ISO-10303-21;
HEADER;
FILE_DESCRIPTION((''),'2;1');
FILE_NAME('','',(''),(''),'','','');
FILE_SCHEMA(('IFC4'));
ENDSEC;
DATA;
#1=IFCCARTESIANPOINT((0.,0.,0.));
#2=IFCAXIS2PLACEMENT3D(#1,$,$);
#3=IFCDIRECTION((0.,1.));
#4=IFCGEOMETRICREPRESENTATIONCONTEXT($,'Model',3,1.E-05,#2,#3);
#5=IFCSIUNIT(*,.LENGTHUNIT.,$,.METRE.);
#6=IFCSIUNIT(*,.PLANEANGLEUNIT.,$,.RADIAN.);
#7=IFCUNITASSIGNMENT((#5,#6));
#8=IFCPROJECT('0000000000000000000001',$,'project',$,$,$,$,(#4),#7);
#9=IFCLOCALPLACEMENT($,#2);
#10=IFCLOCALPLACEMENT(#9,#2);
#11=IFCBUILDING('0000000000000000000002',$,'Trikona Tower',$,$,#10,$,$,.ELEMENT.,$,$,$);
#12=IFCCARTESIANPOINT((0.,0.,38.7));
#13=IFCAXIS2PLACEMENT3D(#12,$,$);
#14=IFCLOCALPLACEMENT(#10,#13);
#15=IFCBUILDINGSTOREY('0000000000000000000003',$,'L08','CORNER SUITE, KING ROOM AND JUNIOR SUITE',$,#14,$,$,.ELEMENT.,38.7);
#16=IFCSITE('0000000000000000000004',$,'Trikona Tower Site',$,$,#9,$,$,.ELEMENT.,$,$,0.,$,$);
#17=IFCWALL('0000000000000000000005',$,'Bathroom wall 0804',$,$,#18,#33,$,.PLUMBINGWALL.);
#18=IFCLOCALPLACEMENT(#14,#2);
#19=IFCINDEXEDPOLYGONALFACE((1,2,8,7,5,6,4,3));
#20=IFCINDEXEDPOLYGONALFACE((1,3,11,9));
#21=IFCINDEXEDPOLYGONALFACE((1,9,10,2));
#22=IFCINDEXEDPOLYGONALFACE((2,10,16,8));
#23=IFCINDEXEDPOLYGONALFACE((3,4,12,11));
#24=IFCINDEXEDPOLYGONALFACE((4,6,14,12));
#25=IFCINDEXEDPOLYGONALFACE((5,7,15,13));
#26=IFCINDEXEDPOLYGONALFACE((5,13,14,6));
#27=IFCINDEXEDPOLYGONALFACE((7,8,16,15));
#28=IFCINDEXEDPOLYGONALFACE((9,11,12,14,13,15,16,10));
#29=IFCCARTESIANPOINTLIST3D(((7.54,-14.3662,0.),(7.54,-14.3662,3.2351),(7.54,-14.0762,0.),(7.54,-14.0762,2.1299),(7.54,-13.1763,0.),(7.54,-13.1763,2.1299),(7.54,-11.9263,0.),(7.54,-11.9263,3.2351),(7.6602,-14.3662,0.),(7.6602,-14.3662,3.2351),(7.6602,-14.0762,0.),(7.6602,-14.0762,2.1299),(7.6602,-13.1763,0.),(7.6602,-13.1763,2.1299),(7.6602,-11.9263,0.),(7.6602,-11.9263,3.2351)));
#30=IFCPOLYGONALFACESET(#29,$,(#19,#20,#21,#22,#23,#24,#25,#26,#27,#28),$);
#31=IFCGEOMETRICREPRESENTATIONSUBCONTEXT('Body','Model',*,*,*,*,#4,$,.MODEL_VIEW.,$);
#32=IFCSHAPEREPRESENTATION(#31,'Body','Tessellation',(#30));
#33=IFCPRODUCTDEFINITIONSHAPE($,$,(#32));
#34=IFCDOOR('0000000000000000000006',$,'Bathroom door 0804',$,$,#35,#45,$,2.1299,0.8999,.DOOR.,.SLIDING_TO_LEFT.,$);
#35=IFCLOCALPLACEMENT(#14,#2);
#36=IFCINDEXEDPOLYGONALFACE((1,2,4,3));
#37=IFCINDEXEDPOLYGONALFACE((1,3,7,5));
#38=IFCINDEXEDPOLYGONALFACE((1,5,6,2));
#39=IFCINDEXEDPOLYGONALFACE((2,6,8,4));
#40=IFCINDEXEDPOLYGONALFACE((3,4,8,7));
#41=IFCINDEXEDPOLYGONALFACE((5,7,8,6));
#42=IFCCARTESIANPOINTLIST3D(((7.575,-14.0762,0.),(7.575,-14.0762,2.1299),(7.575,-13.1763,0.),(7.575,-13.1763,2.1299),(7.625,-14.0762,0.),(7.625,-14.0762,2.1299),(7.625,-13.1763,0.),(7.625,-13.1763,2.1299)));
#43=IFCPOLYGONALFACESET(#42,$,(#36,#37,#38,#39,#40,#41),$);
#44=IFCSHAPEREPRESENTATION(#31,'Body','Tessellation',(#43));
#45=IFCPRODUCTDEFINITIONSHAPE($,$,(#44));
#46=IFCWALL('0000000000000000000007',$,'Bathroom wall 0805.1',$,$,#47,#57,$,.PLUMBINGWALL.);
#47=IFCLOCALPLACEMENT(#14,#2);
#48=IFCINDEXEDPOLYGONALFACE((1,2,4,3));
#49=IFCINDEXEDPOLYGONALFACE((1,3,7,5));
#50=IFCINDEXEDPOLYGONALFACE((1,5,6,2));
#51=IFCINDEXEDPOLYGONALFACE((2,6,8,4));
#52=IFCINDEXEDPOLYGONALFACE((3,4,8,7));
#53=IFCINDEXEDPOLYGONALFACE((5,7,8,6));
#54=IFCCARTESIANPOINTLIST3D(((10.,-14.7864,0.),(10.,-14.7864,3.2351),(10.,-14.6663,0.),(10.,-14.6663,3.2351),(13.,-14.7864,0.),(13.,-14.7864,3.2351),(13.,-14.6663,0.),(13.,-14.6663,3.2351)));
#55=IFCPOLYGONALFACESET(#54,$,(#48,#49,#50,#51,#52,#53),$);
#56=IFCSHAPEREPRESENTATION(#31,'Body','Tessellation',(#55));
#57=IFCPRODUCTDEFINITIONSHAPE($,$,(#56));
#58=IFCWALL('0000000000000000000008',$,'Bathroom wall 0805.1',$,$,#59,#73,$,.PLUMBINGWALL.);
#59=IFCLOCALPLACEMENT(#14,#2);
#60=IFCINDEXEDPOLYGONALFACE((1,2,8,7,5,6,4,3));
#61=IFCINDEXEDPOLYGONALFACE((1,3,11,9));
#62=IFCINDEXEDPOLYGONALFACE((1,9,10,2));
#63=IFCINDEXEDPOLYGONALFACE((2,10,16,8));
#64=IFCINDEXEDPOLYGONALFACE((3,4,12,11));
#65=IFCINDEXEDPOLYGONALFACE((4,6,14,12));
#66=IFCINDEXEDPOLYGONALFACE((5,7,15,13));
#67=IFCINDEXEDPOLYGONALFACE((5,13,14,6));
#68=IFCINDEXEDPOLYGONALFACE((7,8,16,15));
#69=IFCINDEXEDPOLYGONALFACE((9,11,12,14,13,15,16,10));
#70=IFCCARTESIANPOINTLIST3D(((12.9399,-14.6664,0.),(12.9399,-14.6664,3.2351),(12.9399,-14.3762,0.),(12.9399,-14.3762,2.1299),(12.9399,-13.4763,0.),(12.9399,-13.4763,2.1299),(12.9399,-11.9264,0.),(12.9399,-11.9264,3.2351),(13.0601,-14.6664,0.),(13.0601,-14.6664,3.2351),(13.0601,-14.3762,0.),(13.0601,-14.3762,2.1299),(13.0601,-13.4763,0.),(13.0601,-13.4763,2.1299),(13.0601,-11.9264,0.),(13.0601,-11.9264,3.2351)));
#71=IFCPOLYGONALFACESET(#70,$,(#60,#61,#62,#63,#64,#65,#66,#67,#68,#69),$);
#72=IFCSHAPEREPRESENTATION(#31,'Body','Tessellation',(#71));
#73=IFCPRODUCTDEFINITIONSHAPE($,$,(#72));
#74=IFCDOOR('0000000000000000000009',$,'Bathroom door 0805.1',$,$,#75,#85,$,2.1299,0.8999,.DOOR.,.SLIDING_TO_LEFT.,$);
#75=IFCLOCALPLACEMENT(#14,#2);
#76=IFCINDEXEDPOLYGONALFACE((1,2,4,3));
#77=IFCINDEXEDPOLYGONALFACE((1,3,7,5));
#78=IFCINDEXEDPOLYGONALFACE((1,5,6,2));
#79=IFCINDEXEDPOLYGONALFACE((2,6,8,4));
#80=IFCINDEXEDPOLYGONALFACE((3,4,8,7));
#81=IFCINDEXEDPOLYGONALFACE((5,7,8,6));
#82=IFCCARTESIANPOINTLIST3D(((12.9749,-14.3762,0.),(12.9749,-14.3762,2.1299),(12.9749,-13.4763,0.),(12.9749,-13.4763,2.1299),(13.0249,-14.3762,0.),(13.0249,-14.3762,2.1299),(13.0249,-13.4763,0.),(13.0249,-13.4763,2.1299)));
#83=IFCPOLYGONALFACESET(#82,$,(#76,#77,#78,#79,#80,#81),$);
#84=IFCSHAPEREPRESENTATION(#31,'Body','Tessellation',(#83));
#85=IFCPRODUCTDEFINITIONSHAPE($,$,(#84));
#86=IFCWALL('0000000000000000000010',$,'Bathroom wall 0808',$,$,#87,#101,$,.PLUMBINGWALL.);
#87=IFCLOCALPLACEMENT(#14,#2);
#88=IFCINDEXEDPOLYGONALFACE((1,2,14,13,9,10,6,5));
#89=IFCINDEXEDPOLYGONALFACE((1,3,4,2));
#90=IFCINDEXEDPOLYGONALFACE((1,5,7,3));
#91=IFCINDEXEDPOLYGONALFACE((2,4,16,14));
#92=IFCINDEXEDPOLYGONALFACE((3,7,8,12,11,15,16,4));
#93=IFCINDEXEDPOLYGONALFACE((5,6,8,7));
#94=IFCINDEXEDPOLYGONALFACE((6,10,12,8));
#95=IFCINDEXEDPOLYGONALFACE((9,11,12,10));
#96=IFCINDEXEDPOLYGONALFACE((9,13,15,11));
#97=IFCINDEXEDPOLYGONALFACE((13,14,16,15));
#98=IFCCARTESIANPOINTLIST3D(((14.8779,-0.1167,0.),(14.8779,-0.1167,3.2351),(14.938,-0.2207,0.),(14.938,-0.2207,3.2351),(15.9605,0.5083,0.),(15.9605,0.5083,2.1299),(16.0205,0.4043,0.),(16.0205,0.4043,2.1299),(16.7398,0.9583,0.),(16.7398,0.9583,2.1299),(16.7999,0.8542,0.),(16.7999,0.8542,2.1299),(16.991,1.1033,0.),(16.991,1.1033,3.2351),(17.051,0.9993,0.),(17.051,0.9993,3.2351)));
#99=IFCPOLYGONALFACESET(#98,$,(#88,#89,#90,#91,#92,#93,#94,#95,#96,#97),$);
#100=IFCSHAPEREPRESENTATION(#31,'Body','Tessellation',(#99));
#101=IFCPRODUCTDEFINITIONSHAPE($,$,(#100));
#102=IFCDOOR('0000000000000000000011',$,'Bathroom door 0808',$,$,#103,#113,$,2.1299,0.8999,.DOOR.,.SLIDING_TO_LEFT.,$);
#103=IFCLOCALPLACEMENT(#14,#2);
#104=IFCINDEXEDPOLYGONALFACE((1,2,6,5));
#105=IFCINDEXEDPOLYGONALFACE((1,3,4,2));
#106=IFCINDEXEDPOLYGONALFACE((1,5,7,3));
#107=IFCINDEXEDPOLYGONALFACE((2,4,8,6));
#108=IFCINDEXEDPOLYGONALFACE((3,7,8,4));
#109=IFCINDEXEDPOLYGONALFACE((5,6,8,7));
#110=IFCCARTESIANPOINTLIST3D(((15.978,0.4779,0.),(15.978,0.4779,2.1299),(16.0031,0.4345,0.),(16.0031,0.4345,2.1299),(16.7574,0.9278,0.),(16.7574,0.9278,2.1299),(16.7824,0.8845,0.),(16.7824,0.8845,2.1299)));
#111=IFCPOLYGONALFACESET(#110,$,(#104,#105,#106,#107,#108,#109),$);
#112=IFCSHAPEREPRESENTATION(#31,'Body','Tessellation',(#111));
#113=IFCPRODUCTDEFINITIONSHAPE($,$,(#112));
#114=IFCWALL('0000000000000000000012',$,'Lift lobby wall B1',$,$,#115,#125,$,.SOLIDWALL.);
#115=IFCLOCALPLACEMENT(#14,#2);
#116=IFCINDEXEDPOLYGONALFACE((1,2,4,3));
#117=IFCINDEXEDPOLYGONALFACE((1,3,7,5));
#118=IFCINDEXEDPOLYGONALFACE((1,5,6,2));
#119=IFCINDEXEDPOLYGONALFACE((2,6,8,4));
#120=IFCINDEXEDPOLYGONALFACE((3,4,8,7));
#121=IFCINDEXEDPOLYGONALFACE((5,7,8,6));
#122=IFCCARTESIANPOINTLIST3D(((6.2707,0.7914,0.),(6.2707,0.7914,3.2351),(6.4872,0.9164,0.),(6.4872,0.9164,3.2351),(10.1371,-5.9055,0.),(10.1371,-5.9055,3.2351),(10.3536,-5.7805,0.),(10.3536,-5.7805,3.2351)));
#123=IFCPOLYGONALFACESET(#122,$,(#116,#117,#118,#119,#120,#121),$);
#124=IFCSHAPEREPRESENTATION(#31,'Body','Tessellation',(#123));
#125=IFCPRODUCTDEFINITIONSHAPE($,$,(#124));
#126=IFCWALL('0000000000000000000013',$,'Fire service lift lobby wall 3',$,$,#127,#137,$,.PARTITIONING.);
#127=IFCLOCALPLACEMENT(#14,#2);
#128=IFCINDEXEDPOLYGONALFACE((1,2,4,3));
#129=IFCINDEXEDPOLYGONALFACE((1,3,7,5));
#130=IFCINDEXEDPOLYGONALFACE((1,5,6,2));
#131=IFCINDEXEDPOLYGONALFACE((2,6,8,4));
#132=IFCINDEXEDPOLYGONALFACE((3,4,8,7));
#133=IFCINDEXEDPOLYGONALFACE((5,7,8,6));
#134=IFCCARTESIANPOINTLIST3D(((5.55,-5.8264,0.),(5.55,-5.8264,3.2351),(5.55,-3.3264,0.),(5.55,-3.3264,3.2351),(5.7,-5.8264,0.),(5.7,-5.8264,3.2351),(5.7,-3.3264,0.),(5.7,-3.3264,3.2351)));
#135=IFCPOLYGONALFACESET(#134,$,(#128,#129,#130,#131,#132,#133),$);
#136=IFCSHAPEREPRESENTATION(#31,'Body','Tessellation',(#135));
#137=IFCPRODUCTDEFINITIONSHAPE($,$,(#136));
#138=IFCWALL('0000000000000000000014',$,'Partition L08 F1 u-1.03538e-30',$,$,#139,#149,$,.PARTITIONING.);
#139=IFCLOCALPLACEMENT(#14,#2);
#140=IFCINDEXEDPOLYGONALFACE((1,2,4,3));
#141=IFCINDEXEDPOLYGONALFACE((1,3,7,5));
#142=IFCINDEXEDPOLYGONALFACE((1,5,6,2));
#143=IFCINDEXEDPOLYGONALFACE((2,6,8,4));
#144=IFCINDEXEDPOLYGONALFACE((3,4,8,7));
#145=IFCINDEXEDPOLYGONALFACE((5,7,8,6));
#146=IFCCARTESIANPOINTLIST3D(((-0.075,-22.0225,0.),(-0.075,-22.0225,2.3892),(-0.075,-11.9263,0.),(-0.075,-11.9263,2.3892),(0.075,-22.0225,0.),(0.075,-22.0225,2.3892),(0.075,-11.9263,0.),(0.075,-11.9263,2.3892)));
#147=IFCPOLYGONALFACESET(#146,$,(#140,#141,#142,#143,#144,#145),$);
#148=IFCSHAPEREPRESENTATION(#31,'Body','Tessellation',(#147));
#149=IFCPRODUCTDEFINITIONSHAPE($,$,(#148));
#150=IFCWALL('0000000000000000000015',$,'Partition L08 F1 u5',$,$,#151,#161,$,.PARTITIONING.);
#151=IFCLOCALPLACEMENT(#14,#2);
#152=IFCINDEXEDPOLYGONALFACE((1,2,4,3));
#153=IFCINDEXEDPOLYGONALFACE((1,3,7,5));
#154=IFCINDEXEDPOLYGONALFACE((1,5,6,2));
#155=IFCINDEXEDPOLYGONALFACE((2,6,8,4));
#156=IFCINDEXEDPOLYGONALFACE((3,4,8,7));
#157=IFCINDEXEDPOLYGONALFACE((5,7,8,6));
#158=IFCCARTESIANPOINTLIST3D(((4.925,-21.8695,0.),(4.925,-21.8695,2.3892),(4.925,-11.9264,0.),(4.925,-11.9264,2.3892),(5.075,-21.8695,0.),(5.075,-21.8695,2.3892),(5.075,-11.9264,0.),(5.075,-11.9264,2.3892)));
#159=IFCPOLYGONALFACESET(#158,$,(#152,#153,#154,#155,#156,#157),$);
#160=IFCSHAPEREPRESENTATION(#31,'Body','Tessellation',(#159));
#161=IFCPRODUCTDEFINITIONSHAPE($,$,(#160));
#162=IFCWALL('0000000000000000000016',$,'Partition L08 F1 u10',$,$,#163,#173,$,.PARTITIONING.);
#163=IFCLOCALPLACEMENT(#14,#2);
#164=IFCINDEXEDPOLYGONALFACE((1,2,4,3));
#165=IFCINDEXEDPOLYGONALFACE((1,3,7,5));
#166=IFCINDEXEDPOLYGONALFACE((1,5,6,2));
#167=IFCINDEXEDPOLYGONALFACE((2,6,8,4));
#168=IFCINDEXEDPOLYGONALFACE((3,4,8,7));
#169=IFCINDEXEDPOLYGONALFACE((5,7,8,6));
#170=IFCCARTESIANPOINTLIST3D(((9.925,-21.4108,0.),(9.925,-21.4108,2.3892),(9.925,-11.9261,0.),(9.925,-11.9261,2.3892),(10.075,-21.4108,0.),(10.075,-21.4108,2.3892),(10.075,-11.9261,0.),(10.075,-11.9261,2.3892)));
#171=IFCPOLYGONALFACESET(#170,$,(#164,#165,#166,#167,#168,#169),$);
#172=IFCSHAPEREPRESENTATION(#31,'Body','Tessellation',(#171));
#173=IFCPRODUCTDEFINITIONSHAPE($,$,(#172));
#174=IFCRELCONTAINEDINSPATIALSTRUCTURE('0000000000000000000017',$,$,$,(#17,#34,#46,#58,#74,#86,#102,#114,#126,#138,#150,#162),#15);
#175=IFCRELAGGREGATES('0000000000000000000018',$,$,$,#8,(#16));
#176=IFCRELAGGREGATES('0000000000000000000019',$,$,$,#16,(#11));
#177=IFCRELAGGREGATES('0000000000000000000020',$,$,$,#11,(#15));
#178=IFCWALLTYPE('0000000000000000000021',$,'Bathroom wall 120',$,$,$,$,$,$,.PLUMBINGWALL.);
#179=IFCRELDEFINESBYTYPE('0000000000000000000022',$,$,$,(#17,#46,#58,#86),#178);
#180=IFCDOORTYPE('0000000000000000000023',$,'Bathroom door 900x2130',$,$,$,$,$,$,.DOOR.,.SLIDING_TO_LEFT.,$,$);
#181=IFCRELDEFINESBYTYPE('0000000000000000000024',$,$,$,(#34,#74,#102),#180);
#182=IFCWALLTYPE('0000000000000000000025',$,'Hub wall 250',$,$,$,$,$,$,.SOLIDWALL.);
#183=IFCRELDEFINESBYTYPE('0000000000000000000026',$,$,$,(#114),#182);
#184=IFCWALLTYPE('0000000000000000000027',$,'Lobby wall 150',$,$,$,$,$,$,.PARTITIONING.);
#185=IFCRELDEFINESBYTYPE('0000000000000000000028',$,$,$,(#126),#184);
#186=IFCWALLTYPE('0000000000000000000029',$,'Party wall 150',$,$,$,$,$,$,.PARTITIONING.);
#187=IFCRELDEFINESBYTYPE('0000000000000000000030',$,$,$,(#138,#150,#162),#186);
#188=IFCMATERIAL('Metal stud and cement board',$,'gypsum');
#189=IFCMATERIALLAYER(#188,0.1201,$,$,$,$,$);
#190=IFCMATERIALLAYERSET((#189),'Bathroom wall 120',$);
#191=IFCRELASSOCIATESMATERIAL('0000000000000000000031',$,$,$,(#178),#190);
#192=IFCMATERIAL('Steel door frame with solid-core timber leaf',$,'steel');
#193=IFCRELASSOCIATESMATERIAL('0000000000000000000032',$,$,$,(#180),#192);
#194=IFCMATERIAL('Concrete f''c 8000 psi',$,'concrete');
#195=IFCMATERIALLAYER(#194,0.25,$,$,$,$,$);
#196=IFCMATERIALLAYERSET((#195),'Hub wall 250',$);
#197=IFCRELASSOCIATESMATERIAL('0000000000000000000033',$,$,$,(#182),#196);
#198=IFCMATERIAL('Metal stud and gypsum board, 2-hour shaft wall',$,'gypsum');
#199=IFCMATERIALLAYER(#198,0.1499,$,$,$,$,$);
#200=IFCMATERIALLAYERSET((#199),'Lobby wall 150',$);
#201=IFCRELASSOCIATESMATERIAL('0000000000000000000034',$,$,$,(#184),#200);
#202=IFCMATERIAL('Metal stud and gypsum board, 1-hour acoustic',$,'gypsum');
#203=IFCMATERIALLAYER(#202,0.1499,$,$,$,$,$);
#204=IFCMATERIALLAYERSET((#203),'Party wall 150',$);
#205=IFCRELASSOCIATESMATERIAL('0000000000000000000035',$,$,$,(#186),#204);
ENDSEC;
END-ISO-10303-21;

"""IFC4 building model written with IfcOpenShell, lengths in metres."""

from ifc_helpers import new_model, si_unit, direction, frame, frame_2d, origin, place, context, subcontext, project, spatial, rectangle, extrude, material, layer, layer_set, type_object, element, fill, save


model = new_model("IFC4")

# Units and contexts
model_context = context("Model", 3, precision=1e-05, world=origin(), true_north=direction((0.0, 1.0)))
body_context = subcontext(model_context, "Body", "Model", "MODEL_VIEW")
ifc_project = project(units=[si_unit("LENGTHUNIT", "METRE"), si_unit("PLANEANGLEUNIT", "RADIAN")], contexts=[model_context])

# Site, building, storey
site_placement = place(None, origin())
site = spatial("IfcSite", under=ifc_project, at=site_placement, Name="Trikona Tower Site", CompositionType="ELEMENT", RefElevation=0.0)
building_placement = place(site_placement, origin())
building = spatial("IfcBuilding", under=site, at=building_placement, Name="Trikona Tower", CompositionType="ELEMENT")
storey_placement = place(building_placement, frame((0.0, 0.0, 38.7)))
storey = spatial("IfcBuildingStorey", under=building, at=storey_placement, Name="L08", Description="CORNER SUITE, KING ROOM AND JUNIOR SUITE", CompositionType="ELEMENT", Elevation=38.7)

# Shared definitions
ifc_material_1 = material(Name="Metal stud and cement board", Category="gypsum")
ifc_layer_1 = layer(ifc_material_1, 0.1201)
ifc_layer_set_1 = layer_set([ifc_layer_1], Name="Bathroom wall 120")
wall_type_1 = type_object("IfcWallType", Name="Bathroom wall 120", PredefinedType="PLUMBINGWALL", material=ifc_layer_set_1)

# Wall, opening, door
wall_1_placement = place(storey_placement, frame((7.6001, -11.9263, 0.0), z_axis=(0.0, 0.0, 1.0), x_axis=(0.0, -1.0, 0.0)))
wall_1 = element("IfcWall", 1, at=wall_1_placement, inside=storey, type_object=wall_type_1, Name="Bathroom wall 0804", PredefinedType="PLUMBINGWALL", context=body_context, shape_type="SweptSolid", body=[
    extrude(rectangle(XDim=2.4399, YDim=0.1201, at=frame_2d((1.22, 0.0))), origin(), (0.0, 0.0, 1.0), 3.2351),
])
opening_1_placement = place(wall_1_placement, frame((1.25, 0.0, 0.0)))
opening_1 = element("IfcOpeningElement", 2, at=opening_1_placement, cuts=wall_1, PredefinedType="OPENING", context=body_context, shape_type="SweptSolid", body=[
    extrude(rectangle(XDim=0.8999, YDim=2.1299, at=frame_2d((0.45, 1.0649))), frame((0.0, 0.0701, 0.0), z_axis=(0.0, -1.0, 0.0), x_axis=(1.0, 0.0, 0.0)), (0.0, 0.0, 1.0), 0.1401),
])
ifc_material_2 = material(Name="Steel door frame with solid-core timber leaf", Category="steel")
door_type_1 = type_object("IfcDoorType", Name="Bathroom door 900x2130", OperationType="SLIDING_TO_LEFT", PredefinedType="DOOR", material=ifc_material_2)
door_1_placement = place(opening_1_placement, origin())
door_1 = element("IfcDoor", 3, at=door_1_placement, inside=storey, type_object=door_type_1, Name="Bathroom door 0804", OperationType="SLIDING_TO_LEFT", OverallHeight=2.1299, OverallWidth=0.8999, PredefinedType="DOOR", context=body_context, shape_type="SweptSolid", body=[
    extrude(rectangle(XDim=0.8999, YDim=2.1299, at=frame_2d((0.45, 1.0649))), frame((0.0, 0.0249, 0.0), z_axis=(0.0, -1.0, 0.0), x_axis=(1.0, 0.0, 0.0)), (0.0, 0.0, 1.0), 0.05),
])
fill(opening_1, door_1)

# Wall
wall_2_placement = place(storey_placement, frame((10.0, -14.7263, 0.0), z_axis=(0.0, 0.0, 1.0), x_axis=(1.0, 0.0, 0.0)))
element("IfcWall", 4, at=wall_2_placement, inside=storey, type_object=wall_type_1, Name="Bathroom wall 0805.1", PredefinedType="PLUMBINGWALL", context=body_context, shape_type="SweptSolid", body=[
    extrude(rectangle(XDim=3.0, YDim=0.1201, at=frame_2d((1.5, 0.0))), origin(), (0.0, 0.0, 1.0), 3.2351),
])

# Walls, openings, doors
wall_3_placement = place(storey_placement, frame((13.0, -11.9263, 0.0), z_axis=(0.0, 0.0, 1.0), x_axis=(0.0, -1.0, 0.0)))
wall_3 = element("IfcWall", 5, at=wall_3_placement, inside=storey, type_object=wall_type_1, Name="Bathroom wall 0805.1", PredefinedType="PLUMBINGWALL", context=body_context, shape_type="SweptSolid", body=[
    extrude(rectangle(XDim=2.74, YDim=0.1201, at=frame_2d((1.3701, 0.0))), origin(), (0.0, 0.0, 1.0), 3.2351),
])
opening_2_placement = place(wall_3_placement, frame((1.55, 0.0, 0.0)))
opening_2 = element("IfcOpeningElement", 6, at=opening_2_placement, cuts=wall_3, PredefinedType="OPENING", context=body_context, shape_type="SweptSolid", body=[
    extrude(rectangle(XDim=0.8999, YDim=2.1299, at=frame_2d((0.45, 1.0649))), frame((0.0, 0.0701, 0.0), z_axis=(0.0, -1.0, 0.0), x_axis=(1.0, 0.0, 0.0)), (0.0, 0.0, 1.0), 0.1401),
])
door_2_placement = place(opening_2_placement, origin())
door_2 = element("IfcDoor", 7, at=door_2_placement, inside=storey, type_object=door_type_1, Name="Bathroom door 0805.1", OperationType="SLIDING_TO_LEFT", OverallHeight=2.1299, OverallWidth=0.8999, PredefinedType="DOOR", context=body_context, shape_type="SweptSolid", body=[
    extrude(rectangle(XDim=0.8999, YDim=2.1299, at=frame_2d((0.45, 1.0649))), frame((0.0, 0.0249, 0.0), z_axis=(0.0, -1.0, 0.0), x_axis=(1.0, 0.0, 0.0)), (0.0, 0.0, 1.0), 0.05),
])
fill(opening_2, door_2)
wall_4_placement = place(storey_placement, frame((14.908, -0.1687, 0.0), z_axis=(0.0, 0.0, 1.0), x_axis=(0.866024, 0.500003, 0.0)))
wall_4 = element("IfcWall", 8, at=wall_4_placement, inside=storey, type_object=wall_type_1, Name="Bathroom wall 0808", PredefinedType="PLUMBINGWALL", context=body_context, shape_type="SweptSolid", body=[
    extrude(rectangle(XDim=2.4399, YDim=0.1201, at=frame_2d((1.22, 0.0))), origin(), (0.0, 0.0, 1.0), 3.2351),
])
opening_3_placement = place(wall_4_placement, frame((1.25, 0.0, 0.0)))
opening_3 = element("IfcOpeningElement", 9, at=opening_3_placement, cuts=wall_4, PredefinedType="OPENING", context=body_context, shape_type="SweptSolid", body=[
    extrude(rectangle(XDim=0.8999, YDim=2.1299, at=frame_2d((0.45, 1.0649))), frame((0.0, 0.0701, 0.0), z_axis=(0.0, -1.0, 0.0), x_axis=(1.0, 0.0, 0.0)), (0.0, 0.0, 1.0), 0.1401),
])
door_3_placement = place(opening_3_placement, origin())
door_3 = element("IfcDoor", 10, at=door_3_placement, inside=storey, type_object=door_type_1, Name="Bathroom door 0808", OperationType="SLIDING_TO_LEFT", OverallHeight=2.1299, OverallWidth=0.8999, PredefinedType="DOOR", context=body_context, shape_type="SweptSolid", body=[
    extrude(rectangle(XDim=0.8999, YDim=2.1299, at=frame_2d((0.45, 1.0649))), frame((0.0, 0.0249, 0.0), z_axis=(0.0, -1.0, 0.0), x_axis=(1.0, 0.0, 0.0)), (0.0, 0.0, 1.0), 0.05),
])
fill(opening_3, door_3)

# Walls
ifc_material_3 = material(Name="Concrete f'c 8000 psi", Category="concrete")
ifc_layer_2 = layer(ifc_material_3, 0.25)
ifc_layer_set_2 = layer_set([ifc_layer_2], Name="Hub wall 250")
wall_type_2 = type_object("IfcWallType", Name="Hub wall 250", PredefinedType="SOLIDWALL", material=ifc_layer_set_2)
wall_5_placement = place(storey_placement, frame((10.2454, -5.843, 0.0), z_axis=(0.0, 0.0, 1.0), x_axis=(-0.499993, 0.866029, 0.0)))
element("IfcWall", 11, at=wall_5_placement, inside=storey, type_object=wall_type_2, Name="Lift lobby wall B1", PredefinedType="SOLIDWALL", context=body_context, shape_type="SweptSolid", body=[
    extrude(rectangle(XDim=7.7329, YDim=0.25, at=frame_2d((3.8665, 0.0))), origin(), (0.0, 0.0, 1.0), 3.2351),
])
ifc_material_4 = material(Name="Metal stud and gypsum board, 2-hour shaft wall", Category="gypsum")
ifc_layer_3 = layer(ifc_material_4, 0.1499)
ifc_layer_set_3 = layer_set([ifc_layer_3], Name="Lobby wall 150")
wall_type_3 = type_object("IfcWallType", Name="Lobby wall 150", PredefinedType="PARTITIONING", material=ifc_layer_set_3)
wall_6_placement = place(storey_placement, frame((5.625, -5.8264, 0.0), z_axis=(0.0, 0.0, 1.0), x_axis=(0.0, 1.0, 0.0)))
element("IfcWall", 12, at=wall_6_placement, inside=storey, type_object=wall_type_3, Name="Fire service lift lobby wall 3", PredefinedType="PARTITIONING", context=body_context, shape_type="SweptSolid", body=[
    extrude(rectangle(XDim=2.5, YDim=0.1499, at=frame_2d((1.25, 0.0))), origin(), (0.0, 0.0, 1.0), 3.2351),
])
ifc_material_5 = material(Name="Metal stud and gypsum board, 1-hour acoustic", Category="gypsum")
ifc_layer_4 = layer(ifc_material_5, 0.1499)
ifc_layer_set_4 = layer_set([ifc_layer_4], Name="Party wall 150")
wall_type_4 = type_object("IfcWallType", Name="Party wall 150", PredefinedType="PARTITIONING", material=ifc_layer_set_4)
wall_7_placement = place(storey_placement, frame((0.0, -11.9263, 0.0), z_axis=(0.0, 0.0, 1.0), x_axis=(0.0, -1.0, 0.0)))
element("IfcWall", 13, at=wall_7_placement, inside=storey, type_object=wall_type_4, Name="Partition L08 F1 u-1.03538e-30", PredefinedType="PARTITIONING", context=body_context, shape_type="SweptSolid", body=[
    extrude(rectangle(XDim=10.0962, YDim=0.1499, at=frame_2d((5.0481, 0.0))), origin(), (0.0, 0.0, 1.0), 2.3892),
])
wall_8_placement = place(storey_placement, frame((5.0, -11.9263, 0.0), z_axis=(0.0, 0.0, 1.0), x_axis=(0.0, -1.0, 0.0)))
element("IfcWall", 14, at=wall_8_placement, inside=storey, type_object=wall_type_4, Name="Partition L08 F1 u5", PredefinedType="PARTITIONING", context=body_context, shape_type="SweptSolid", body=[
    extrude(rectangle(XDim=9.9431, YDim=0.1499, at=frame_2d((4.9717, 0.0))), origin(), (0.0, 0.0, 1.0), 2.3892),
])
wall_9_placement = place(storey_placement, frame((10.0, -11.9263, 0.0), z_axis=(0.0, 0.0, 1.0), x_axis=(0.0, -1.0, 0.0)))
element("IfcWall", 15, at=wall_9_placement, inside=storey, type_object=wall_type_4, Name="Partition L08 F1 u10", PredefinedType="PARTITIONING", context=body_context, shape_type="SweptSolid", body=[
    extrude(rectangle(XDim=9.4846, YDim=0.1499, at=frame_2d((4.7422, 0.0))), origin(), (0.0, 0.0, 1.0), 2.3892),
])

save(model, "model.ifc")
